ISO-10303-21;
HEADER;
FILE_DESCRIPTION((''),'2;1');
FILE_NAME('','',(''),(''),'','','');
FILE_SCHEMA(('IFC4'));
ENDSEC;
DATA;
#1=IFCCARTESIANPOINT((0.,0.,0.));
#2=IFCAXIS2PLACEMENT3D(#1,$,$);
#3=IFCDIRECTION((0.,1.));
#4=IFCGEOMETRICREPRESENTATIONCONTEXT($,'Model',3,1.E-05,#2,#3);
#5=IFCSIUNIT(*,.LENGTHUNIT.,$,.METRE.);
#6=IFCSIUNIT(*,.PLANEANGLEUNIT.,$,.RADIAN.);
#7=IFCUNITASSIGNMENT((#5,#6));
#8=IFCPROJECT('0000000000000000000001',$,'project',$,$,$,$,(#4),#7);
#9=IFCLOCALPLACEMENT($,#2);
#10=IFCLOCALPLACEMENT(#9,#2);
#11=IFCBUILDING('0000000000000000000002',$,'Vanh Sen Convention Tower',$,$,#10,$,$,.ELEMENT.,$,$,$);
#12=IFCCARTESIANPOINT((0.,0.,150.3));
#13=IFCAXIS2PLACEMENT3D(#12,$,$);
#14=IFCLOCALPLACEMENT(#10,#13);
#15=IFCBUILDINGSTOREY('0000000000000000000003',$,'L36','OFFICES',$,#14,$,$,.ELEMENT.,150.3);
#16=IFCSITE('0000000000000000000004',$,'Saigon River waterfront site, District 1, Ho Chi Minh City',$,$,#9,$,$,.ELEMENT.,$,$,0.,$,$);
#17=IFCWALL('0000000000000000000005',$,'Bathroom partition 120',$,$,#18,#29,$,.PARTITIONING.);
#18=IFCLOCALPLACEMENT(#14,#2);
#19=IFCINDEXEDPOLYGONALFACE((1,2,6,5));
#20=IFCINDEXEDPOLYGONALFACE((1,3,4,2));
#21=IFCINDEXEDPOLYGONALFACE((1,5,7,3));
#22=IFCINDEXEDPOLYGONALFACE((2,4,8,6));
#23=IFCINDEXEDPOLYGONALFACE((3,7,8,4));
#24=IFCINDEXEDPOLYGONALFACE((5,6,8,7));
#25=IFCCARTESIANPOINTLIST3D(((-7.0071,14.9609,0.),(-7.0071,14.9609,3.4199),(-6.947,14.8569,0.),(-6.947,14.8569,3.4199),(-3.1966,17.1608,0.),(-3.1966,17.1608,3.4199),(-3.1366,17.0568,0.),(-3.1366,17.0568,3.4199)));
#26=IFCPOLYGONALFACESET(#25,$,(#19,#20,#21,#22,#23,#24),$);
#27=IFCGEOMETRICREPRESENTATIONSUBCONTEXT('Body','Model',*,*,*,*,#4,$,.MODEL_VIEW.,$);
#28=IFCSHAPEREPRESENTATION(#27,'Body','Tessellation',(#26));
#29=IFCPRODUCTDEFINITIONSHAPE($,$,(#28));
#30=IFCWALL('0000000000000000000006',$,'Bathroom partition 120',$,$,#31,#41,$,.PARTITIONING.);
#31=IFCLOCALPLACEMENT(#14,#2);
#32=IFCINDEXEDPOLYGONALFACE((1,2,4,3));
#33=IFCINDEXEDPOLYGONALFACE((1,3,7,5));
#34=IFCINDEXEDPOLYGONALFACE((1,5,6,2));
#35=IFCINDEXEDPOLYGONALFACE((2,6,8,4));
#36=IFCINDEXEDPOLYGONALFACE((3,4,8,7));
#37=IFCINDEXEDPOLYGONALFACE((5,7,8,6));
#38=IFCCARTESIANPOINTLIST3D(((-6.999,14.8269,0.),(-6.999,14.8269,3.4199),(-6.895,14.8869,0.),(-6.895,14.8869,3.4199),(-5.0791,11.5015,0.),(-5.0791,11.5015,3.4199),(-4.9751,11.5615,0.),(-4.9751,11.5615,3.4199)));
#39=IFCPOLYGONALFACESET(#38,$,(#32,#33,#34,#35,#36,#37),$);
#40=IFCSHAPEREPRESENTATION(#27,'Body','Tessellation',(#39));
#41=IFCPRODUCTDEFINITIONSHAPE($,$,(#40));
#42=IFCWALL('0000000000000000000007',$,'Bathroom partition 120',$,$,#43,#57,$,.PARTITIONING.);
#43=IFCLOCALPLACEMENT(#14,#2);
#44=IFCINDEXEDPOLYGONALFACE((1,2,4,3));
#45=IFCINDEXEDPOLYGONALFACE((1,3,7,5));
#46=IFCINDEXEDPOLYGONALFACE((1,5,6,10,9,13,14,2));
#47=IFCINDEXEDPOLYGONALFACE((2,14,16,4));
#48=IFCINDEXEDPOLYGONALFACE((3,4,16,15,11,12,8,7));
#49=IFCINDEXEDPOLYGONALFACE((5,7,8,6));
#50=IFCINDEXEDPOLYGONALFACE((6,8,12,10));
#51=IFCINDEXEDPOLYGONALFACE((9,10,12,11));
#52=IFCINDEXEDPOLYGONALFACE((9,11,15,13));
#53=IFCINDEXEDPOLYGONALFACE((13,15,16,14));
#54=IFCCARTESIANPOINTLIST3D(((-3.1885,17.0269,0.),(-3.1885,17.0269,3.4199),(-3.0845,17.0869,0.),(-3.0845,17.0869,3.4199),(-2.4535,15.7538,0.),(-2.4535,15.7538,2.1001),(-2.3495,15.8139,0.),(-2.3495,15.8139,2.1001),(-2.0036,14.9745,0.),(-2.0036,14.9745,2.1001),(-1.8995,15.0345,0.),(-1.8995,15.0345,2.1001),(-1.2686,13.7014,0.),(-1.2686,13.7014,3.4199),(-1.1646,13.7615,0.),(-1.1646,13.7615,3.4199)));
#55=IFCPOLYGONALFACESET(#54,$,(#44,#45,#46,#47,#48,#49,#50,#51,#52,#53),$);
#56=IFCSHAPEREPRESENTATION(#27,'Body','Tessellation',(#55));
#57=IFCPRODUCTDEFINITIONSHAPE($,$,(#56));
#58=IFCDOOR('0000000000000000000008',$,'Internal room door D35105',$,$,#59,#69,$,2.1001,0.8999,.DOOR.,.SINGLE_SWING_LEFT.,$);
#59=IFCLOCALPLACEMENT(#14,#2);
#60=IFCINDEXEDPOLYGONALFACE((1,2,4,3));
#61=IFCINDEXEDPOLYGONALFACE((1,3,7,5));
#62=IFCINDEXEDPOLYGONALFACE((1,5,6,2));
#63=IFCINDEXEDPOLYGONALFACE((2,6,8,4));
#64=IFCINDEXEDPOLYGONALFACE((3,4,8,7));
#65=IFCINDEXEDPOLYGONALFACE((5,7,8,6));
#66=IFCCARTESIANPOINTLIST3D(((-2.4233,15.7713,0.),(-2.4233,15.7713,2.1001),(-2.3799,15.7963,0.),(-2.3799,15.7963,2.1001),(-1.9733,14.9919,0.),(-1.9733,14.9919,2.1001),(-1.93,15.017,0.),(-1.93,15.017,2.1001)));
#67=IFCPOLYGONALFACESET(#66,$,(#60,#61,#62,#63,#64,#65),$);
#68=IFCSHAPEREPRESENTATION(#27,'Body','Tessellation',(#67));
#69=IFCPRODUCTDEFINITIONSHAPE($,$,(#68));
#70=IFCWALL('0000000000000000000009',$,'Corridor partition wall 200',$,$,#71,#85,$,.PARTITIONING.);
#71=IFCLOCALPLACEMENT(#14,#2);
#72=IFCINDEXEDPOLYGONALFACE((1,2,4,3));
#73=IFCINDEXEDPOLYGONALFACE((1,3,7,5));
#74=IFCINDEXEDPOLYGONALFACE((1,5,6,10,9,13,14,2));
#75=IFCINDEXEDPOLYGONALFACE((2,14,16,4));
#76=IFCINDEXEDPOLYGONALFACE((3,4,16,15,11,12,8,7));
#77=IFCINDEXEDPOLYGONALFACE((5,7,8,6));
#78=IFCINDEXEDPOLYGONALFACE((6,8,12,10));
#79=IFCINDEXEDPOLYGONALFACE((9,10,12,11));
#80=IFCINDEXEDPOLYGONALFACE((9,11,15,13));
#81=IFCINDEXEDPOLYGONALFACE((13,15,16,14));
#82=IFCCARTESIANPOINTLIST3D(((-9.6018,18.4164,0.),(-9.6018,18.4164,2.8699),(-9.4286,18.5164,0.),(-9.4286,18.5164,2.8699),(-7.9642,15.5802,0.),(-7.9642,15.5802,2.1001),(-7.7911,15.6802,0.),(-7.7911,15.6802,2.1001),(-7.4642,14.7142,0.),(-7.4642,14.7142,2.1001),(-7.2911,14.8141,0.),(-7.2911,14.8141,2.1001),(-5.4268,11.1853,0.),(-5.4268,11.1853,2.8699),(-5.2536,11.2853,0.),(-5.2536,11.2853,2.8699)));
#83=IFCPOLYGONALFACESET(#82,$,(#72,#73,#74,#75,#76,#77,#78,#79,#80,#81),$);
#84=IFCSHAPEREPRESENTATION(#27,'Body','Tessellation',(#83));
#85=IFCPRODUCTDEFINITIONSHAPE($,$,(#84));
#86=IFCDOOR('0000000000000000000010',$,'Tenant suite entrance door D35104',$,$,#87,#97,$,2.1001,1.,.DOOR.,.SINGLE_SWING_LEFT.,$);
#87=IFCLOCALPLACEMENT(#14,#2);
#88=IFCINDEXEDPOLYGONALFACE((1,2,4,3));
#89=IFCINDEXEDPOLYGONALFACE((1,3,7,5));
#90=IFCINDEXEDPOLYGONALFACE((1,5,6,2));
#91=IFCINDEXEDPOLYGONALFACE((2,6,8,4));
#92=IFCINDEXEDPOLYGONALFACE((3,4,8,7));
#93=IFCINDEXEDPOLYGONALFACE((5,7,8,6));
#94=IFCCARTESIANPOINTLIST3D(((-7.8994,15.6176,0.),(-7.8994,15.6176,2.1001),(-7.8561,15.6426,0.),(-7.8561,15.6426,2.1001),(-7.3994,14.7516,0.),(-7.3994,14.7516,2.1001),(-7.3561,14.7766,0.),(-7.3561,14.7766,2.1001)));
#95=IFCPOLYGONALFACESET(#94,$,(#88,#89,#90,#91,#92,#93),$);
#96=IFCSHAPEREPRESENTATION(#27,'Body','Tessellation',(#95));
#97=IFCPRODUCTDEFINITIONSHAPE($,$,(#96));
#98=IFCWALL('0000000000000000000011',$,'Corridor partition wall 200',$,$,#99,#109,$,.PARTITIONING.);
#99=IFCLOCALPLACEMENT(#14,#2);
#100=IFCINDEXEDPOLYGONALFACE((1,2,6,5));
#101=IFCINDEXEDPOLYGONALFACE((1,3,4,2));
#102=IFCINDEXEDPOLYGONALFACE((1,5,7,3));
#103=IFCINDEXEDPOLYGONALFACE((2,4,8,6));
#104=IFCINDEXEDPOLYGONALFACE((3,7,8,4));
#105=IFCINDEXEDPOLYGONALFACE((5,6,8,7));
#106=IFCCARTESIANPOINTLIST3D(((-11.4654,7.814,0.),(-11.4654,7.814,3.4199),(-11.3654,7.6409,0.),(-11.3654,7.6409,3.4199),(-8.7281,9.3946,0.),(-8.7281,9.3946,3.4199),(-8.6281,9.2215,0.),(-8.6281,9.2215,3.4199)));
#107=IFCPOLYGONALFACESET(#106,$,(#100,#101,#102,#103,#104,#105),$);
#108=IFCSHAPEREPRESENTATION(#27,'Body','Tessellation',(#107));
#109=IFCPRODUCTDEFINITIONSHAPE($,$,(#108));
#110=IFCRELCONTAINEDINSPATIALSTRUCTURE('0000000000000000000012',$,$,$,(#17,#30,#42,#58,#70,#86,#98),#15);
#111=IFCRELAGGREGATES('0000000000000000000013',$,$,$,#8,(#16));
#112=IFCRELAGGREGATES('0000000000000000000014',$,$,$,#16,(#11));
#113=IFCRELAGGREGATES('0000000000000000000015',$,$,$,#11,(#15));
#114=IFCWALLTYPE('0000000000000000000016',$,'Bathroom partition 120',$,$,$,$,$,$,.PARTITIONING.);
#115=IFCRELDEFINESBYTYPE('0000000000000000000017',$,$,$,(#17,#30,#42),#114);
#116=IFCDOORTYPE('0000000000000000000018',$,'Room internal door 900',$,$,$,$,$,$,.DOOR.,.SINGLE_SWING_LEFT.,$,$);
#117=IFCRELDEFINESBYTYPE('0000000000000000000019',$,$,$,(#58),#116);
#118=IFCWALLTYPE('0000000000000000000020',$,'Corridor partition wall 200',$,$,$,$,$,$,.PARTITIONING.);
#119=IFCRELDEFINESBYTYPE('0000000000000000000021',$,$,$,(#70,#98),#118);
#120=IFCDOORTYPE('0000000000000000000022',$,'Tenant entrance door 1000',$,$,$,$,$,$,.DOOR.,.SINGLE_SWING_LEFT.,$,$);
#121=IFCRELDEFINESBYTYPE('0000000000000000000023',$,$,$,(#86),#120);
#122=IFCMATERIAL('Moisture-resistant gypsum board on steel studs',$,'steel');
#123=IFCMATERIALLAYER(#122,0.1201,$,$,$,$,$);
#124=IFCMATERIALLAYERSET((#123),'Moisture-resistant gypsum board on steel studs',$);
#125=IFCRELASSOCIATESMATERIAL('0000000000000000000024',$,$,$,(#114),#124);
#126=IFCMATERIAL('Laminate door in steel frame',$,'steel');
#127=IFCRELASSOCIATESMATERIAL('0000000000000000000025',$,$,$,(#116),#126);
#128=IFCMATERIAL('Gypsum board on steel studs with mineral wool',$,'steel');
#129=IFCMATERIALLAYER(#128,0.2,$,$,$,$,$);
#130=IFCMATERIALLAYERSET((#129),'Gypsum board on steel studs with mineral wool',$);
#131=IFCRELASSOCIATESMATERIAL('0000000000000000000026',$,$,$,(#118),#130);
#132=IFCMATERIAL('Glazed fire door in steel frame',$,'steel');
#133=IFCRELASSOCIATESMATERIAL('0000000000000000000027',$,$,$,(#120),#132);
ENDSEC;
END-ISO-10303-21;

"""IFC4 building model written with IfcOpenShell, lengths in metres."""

from ifc_helpers import new_model, si_unit, direction, frame, frame_2d, origin, place, context, subcontext, project, spatial, rectangle, extrude, material, layer, layer_set, type_object, element, fill, save


model = new_model("IFC4")

# Units and contexts
model_context = context("Model", 3, precision=1e-05, world=origin(), true_north=direction((0.0, 1.0)))
body_context = subcontext(model_context, "Body", "Model", "MODEL_VIEW")
ifc_project = project(units=[si_unit("LENGTHUNIT", "METRE"), si_unit("PLANEANGLEUNIT", "RADIAN")], contexts=[model_context])

# Site, building, storey
site_placement = place(None, origin())
site = spatial("IfcSite", under=ifc_project, at=site_placement, Name="Saigon River waterfront site, District 1, Ho Chi Minh City", CompositionType="ELEMENT", RefElevation=0.0)
building_placement = place(site_placement, origin())
building = spatial("IfcBuilding", under=site, at=building_placement, Name="Vanh Sen Convention Tower", CompositionType="ELEMENT")
storey_placement = place(building_placement, frame((0.0, 0.0, 150.3)))
storey = spatial("IfcBuildingStorey", under=building, at=storey_placement, Name="L36", Description="OFFICES", CompositionType="ELEMENT", Elevation=150.3)

# Walls
ifc_material_1 = material(Name="Moisture-resistant gypsum board on steel studs", Category="steel")
ifc_layer_1 = layer(ifc_material_1, 0.1201)
ifc_layer_set_1 = layer_set([ifc_layer_1], Name="Moisture-resistant gypsum board on steel studs")
wall_type_1 = type_object("IfcWallType", Name="Bathroom partition 120", PredefinedType="PARTITIONING", material=ifc_layer_set_1)
wall_1_placement = place(storey_placement, frame((-6.9771, 14.9089, 0.0), z_axis=(0.0, 0.0, 1.0), x_axis=(0.866032, 0.499988, 0.0)))
element("IfcWall", 1, at=wall_1_placement, inside=storey, type_object=wall_type_1, Name="Bathroom partition 120", PredefinedType="PARTITIONING", context=body_context, shape_type="SweptSolid", body=[
    extrude(rectangle(XDim=4.3999, YDim=0.1201, at=frame_2d((2.2, 0.0))), origin(), (0.0, 0.0, 1.0), 3.4199),
])
wall_2_placement = place(storey_placement, frame((-5.0271, 11.5315, 0.0), z_axis=(0.0, 0.0, 1.0), x_axis=(-0.499996, 0.866028, 0.0)))
element("IfcWall", 2, at=wall_2_placement, inside=storey, type_object=wall_type_1, Name="Bathroom partition 120", PredefinedType="PARTITIONING", context=body_context, shape_type="SweptSolid", body=[
    extrude(rectangle(XDim=3.8398, YDim=0.1201, at=frame_2d((1.9199, 0.0))), origin(), (0.0, 0.0, 1.0), 3.4199),
])

# Walls, openings, doors
wall_3_placement = place(storey_placement, frame((-3.1365, 17.0569, 0.0), z_axis=(0.0, 0.0, 1.0), x_axis=(0.499996, -0.866028, 0.0)))
wall_3 = element("IfcWall", 3, at=wall_3_placement, inside=storey, type_object=wall_type_1, Name="Bathroom partition 120", PredefinedType="PARTITIONING", context=body_context, shape_type="SweptSolid", body=[
    extrude(rectangle(XDim=3.8398, YDim=0.1201, at=frame_2d((1.9199, 0.0))), origin(), (0.0, 0.0, 1.0), 3.4199),
])
opening_1_placement = place(wall_3_placement, frame((1.47, 0.0, 0.0)))
opening_1 = element("IfcOpeningElement", 4, at=opening_1_placement, cuts=wall_3, PredefinedType="OPENING", context=body_context, shape_type="SweptSolid", body=[
    extrude(rectangle(XDim=0.8999, YDim=2.1001, at=frame_2d((0.45, 1.05))), frame((0.0, 0.0701, 0.0), z_axis=(0.0, -1.0, 0.0), x_axis=(1.0, 0.0, 0.0)), (0.0, 0.0, 1.0), 0.1401),
])
ifc_material_2 = material(Name="Laminate door in steel frame", Category="steel")
door_type_1 = type_object("IfcDoorType", Name="Room internal door 900", OperationType="SINGLE_SWING_LEFT", PredefinedType="DOOR", material=ifc_material_2)
door_1_placement = place(opening_1_placement, origin())
door_1 = element("IfcDoor", 5, at=door_1_placement, inside=storey, type_object=door_type_1, Name="Internal room door D35105", OperationType="SINGLE_SWING_LEFT", OverallHeight=2.1001, OverallWidth=0.8999, PredefinedType="DOOR", context=body_context, shape_type="SweptSolid", body=[
    extrude(rectangle(XDim=0.8999, YDim=2.1001, at=frame_2d((0.45, 1.05))), frame((0.0, 0.0249, 0.0), z_axis=(0.0, -1.0, 0.0), x_axis=(1.0, 0.0, 0.0)), (0.0, 0.0, 1.0), 0.05),
])
fill(opening_1, door_1)
ifc_material_3 = material(Name="Gypsum board on steel studs with mineral wool", Category="steel")
ifc_layer_2 = layer(ifc_material_3, 0.2)
ifc_layer_set_2 = layer_set([ifc_layer_2], Name="Gypsum board on steel studs with mineral wool")
wall_type_2 = type_object("IfcWallType", Name="Corridor partition wall 200", PredefinedType="PARTITIONING", material=ifc_layer_set_2)
wall_4_placement = place(storey_placement, frame((-9.5151, 18.4663, 0.0), z_axis=(0.0, 0.0, 1.0), x_axis=(0.50001, -0.86602, 0.0)))
wall_4 = element("IfcWall", 6, at=wall_4_placement, inside=storey, type_object=wall_type_2, Name="Corridor partition wall 200", PredefinedType="PARTITIONING", context=body_context, shape_type="SweptSolid", body=[
    extrude(rectangle(XDim=8.3499, YDim=0.2, at=frame_2d((4.1748, 0.0))), origin(), (0.0, 0.0, 1.0), 2.8699),
])
opening_2_placement = place(wall_4_placement, frame((3.2749, 0.0, 0.0)))
opening_2 = element("IfcOpeningElement", 7, at=opening_2_placement, cuts=wall_4, PredefinedType="OPENING", context=body_context, shape_type="SweptSolid", body=[
    extrude(rectangle(XDim=1.0, YDim=2.1001, at=frame_2d((0.5, 1.05))), frame((0.0, 0.1099, 0.0), z_axis=(0.0, -1.0, 0.0), x_axis=(1.0, 0.0, 0.0)), (0.0, 0.0, 1.0), 0.22),
])
ifc_material_4 = material(Name="Glazed fire door in steel frame", Category="steel")
door_type_2 = type_object("IfcDoorType", Name="Tenant entrance door 1000", OperationType="SINGLE_SWING_LEFT", PredefinedType="DOOR", material=ifc_material_4)
door_2_placement = place(opening_2_placement, origin())
door_2 = element("IfcDoor", 8, at=door_2_placement, inside=storey, type_object=door_type_2, Name="Tenant suite entrance door D35104", OperationType="SINGLE_SWING_LEFT", OverallHeight=2.1001, OverallWidth=1.0, PredefinedType="DOOR", context=body_context, shape_type="SweptSolid", body=[
    extrude(rectangle(XDim=1.0, YDim=2.1001, at=frame_2d((0.5, 1.05))), frame((0.0, 0.0249, 0.0), z_axis=(0.0, -1.0, 0.0), x_axis=(1.0, 0.0, 0.0)), (0.0, 0.0, 1.0), 0.05),
])
fill(opening_2, door_2)

# Wall
wall_5_placement = place(storey_placement, frame((-8.678, 9.3081, 0.0), z_axis=(0.0, 0.0, 1.0), x_axis=(-0.866, -0.500043, 0.0)))
element("IfcWall", 9, at=wall_5_placement, inside=storey, type_object=wall_type_2, Name="Corridor partition wall 200", PredefinedType="PARTITIONING", context=body_context, shape_type="SweptSolid", body=[
    extrude(rectangle(XDim=3.1609, YDim=0.2, at=frame_2d((1.5806, 0.0))), origin(), (0.0, 0.0, 1.0), 3.4199),
])

save(model, "model.ifc")
